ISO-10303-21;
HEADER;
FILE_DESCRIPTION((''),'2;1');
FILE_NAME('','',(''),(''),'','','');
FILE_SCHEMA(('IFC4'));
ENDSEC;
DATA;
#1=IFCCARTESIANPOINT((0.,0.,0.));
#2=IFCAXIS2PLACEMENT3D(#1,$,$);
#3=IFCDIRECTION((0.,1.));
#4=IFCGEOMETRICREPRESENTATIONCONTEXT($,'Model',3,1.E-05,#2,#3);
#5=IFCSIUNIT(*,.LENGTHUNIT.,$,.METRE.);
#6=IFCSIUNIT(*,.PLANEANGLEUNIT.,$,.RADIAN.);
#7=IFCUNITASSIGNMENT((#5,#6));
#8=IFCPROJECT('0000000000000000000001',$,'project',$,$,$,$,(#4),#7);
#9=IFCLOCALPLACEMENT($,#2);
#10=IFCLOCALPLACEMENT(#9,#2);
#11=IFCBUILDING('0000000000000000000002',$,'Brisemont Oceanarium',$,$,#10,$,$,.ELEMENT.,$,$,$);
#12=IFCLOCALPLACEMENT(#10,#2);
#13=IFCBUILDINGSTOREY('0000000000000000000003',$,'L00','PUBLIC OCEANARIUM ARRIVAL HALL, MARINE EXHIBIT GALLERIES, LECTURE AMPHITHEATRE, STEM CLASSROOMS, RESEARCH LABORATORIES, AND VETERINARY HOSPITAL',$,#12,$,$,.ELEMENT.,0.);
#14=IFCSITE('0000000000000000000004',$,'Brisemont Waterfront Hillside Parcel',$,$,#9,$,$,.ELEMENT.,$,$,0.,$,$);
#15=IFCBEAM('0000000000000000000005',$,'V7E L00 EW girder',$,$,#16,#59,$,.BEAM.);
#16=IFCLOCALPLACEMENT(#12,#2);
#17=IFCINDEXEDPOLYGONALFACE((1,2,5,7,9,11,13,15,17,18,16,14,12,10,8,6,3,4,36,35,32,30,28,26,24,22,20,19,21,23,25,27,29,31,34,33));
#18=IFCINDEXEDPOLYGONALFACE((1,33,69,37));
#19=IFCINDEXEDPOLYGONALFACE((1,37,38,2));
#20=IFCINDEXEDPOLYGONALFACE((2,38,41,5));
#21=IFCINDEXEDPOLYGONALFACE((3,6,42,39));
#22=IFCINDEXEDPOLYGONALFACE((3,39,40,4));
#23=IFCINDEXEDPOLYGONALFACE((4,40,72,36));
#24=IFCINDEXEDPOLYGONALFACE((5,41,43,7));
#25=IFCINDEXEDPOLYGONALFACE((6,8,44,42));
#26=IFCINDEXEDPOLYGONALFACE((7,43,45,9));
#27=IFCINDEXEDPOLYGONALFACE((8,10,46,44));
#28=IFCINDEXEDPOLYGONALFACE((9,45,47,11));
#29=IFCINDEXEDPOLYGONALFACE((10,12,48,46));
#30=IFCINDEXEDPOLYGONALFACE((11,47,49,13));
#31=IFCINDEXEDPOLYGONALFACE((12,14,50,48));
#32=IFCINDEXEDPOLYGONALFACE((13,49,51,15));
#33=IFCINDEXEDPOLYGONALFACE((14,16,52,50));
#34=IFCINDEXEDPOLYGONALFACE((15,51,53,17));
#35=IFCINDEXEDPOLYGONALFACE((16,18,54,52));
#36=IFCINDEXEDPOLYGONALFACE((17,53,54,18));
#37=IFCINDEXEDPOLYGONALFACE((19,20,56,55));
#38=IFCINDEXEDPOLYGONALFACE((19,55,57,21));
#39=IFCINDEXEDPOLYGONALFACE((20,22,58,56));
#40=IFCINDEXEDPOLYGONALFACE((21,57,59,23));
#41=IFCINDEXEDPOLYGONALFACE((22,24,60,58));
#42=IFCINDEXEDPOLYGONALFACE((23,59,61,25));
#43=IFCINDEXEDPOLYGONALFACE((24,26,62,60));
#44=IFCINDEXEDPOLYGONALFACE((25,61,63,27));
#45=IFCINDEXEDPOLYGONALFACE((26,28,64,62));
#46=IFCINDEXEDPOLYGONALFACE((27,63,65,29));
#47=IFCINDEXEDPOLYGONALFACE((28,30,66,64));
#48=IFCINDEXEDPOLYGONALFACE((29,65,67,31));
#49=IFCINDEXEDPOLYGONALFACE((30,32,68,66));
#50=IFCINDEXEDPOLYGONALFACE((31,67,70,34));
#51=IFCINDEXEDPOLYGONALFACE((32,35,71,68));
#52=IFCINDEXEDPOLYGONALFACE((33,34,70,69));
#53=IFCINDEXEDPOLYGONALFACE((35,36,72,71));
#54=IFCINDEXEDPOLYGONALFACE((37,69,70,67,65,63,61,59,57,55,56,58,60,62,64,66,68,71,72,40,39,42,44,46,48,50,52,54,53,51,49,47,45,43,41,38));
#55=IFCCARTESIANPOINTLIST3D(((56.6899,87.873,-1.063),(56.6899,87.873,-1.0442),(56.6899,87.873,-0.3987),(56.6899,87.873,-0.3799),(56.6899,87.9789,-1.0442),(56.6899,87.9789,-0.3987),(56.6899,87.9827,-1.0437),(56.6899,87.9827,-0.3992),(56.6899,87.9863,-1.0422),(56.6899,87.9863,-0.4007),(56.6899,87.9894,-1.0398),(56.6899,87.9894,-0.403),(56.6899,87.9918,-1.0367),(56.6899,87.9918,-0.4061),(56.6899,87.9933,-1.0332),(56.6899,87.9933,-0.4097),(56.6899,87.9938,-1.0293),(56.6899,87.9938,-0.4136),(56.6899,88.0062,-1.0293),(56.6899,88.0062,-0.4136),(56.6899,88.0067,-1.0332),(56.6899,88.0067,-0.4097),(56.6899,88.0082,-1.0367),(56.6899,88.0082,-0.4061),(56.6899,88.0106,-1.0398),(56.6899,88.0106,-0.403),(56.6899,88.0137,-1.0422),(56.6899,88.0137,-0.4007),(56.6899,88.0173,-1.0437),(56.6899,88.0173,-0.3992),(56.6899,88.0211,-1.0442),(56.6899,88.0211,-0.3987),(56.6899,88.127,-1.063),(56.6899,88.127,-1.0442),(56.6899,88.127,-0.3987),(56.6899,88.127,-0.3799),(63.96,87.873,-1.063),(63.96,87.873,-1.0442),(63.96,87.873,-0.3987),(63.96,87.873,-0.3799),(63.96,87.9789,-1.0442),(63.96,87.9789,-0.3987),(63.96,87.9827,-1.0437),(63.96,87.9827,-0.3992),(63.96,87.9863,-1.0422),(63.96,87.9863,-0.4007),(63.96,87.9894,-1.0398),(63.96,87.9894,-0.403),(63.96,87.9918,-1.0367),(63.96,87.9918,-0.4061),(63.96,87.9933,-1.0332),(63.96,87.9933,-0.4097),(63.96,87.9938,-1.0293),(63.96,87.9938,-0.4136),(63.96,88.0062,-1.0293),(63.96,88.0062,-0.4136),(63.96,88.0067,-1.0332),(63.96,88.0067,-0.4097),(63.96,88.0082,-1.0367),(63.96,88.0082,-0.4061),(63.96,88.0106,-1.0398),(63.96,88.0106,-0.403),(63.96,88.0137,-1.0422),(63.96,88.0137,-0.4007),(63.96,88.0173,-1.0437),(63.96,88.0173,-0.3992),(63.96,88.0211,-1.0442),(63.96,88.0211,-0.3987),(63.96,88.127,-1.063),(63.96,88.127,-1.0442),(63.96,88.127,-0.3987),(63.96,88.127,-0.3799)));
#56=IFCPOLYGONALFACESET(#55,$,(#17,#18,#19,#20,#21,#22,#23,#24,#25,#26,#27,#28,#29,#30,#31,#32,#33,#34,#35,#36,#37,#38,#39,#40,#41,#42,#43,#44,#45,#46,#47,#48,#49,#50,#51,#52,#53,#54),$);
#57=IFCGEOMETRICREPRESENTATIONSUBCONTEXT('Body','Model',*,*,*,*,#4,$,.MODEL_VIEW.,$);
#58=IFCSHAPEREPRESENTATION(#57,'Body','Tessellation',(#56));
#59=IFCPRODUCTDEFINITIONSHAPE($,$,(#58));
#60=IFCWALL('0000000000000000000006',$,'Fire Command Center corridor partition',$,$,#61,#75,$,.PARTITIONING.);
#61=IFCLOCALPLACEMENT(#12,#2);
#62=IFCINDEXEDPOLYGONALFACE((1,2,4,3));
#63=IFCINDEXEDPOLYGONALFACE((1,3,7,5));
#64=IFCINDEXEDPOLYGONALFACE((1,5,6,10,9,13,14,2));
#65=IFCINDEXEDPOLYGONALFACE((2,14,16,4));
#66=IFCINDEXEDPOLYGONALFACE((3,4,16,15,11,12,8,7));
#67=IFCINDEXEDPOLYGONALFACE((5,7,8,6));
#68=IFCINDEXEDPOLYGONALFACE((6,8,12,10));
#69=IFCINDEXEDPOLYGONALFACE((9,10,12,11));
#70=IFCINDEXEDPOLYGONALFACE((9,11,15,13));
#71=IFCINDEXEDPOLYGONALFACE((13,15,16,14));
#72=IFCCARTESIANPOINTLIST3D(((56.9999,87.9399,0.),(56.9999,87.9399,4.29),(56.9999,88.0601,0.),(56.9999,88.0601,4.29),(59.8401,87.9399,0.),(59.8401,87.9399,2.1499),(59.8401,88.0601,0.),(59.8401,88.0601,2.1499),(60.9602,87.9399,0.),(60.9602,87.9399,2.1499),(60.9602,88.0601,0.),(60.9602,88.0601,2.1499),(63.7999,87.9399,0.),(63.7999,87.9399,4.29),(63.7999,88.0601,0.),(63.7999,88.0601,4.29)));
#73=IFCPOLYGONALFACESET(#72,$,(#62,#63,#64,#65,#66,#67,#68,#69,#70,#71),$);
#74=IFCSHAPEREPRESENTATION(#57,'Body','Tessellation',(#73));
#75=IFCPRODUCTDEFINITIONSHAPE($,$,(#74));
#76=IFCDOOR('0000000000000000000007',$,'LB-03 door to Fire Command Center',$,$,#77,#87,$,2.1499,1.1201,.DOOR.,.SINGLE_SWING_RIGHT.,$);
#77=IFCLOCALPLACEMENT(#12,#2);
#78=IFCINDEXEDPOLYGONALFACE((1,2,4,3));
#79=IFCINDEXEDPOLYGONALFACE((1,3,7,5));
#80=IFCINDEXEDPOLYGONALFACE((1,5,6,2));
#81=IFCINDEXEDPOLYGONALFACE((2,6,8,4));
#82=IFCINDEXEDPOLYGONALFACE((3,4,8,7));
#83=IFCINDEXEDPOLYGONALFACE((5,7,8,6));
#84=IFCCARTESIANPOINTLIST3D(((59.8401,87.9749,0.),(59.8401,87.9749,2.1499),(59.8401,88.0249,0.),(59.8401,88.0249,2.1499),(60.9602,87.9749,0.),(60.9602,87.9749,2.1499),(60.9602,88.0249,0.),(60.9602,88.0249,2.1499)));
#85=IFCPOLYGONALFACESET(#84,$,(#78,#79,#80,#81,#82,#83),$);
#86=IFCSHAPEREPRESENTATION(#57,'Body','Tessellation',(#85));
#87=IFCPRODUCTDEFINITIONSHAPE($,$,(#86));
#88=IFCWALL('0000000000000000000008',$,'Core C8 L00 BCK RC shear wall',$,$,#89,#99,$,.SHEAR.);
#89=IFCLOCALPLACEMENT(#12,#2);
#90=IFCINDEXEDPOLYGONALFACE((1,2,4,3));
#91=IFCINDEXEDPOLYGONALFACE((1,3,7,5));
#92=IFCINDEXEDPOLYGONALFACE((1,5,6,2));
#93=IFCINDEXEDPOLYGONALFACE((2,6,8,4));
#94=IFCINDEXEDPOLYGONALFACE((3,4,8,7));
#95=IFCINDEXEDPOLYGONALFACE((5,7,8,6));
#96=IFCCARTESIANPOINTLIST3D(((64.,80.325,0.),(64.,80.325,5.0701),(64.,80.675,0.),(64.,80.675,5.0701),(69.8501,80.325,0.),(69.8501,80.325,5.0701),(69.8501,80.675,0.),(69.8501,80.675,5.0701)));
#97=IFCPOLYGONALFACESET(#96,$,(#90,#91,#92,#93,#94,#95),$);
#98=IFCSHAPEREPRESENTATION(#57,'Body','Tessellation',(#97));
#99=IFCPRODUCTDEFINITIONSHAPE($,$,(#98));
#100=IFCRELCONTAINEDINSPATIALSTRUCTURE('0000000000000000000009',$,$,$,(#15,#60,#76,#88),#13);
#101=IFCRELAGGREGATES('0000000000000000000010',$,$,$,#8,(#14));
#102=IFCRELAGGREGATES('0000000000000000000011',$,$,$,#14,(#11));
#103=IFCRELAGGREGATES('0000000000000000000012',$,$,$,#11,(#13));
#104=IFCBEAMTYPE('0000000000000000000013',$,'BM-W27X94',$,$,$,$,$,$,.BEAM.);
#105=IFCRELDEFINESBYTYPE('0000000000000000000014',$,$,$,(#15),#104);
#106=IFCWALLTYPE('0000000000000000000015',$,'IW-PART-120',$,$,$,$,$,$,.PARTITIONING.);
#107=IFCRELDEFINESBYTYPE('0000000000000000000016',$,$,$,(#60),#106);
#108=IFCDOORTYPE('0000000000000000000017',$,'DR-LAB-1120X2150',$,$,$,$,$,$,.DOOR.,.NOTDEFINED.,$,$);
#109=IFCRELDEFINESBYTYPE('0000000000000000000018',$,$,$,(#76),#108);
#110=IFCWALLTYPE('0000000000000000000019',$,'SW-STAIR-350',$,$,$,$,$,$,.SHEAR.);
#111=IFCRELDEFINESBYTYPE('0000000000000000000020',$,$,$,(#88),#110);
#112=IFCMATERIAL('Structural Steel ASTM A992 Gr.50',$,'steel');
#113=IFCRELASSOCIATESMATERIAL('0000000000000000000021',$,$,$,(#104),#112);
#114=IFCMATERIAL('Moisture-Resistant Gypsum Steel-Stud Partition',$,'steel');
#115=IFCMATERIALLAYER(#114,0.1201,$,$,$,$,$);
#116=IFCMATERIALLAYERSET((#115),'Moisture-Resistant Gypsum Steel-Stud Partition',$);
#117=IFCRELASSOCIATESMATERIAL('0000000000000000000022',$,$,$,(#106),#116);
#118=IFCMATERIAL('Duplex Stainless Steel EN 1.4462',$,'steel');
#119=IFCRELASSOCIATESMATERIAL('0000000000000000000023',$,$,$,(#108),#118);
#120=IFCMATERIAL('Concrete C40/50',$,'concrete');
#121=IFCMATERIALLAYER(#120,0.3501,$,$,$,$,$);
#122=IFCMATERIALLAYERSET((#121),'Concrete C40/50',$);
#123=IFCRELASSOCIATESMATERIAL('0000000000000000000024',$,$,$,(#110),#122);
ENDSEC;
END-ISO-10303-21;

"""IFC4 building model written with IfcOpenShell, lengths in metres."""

from ifc_helpers import new_model, si_unit, direction, frame, frame_2d, origin, origin_2d, place, context, subcontext, project, spatial, rectangle, i_section, extrude, material, layer, layer_set, material_profile, profile_set, type_object, element, fill, save


model = new_model("IFC4")

# Units and contexts
model_context = context("Model", 3, precision=1e-05, world=origin(), true_north=direction((0.0, 1.0)))
body_context = subcontext(model_context, "Body", "Model", "MODEL_VIEW")
ifc_project = project(units=[si_unit("LENGTHUNIT", "METRE"), si_unit("PLANEANGLEUNIT", "RADIAN")], contexts=[model_context])

# Site, building, storey
site_placement = place(None, origin())
site = spatial("IfcSite", under=ifc_project, at=site_placement, Name="Brisemont Waterfront Hillside Parcel", CompositionType="ELEMENT", RefElevation=0.0)
building_placement = place(site_placement, origin())
building = spatial("IfcBuilding", under=site, at=building_placement, Name="Brisemont Oceanarium", CompositionType="ELEMENT")
storey_placement = place(building_placement, origin())
storey = spatial("IfcBuildingStorey", under=building, at=storey_placement, Name="L00", Description="PUBLIC OCEANARIUM ARRIVAL HALL, MARINE EXHIBIT GALLERIES, LECTURE AMPHITHEATRE, STEM CLASSROOMS, RESEARCH LABORATORIES, AND VETERINARY HOSPITAL", CompositionType="ELEMENT", Elevation=0.0)

# Beam
ifc_material_1 = material(Name="Structural Steel ASTM A992 Gr.50", Category="steel")
ifc_material_profile_1 = material_profile(ifc_material_1, i_section(OverallWidth=0.2539, OverallDepth=0.6831, WebThickness=0.0125, FlangeThickness=0.0188, FilletRadius=0.0149, at=origin_2d()), Name="W27X94")
ifc_profile_set_1 = profile_set([ifc_material_profile_1], Name="Structural Steel ASTM A992 Gr.50")
beam_type_1 = type_object("IfcBeamType", Name="BM-W27X94", PredefinedType="BEAM", material=ifc_profile_set_1)
beam_1_placement = place(storey_placement, frame((56.6899, 88.0, -0.7214), z_axis=(1.0, 0.0, 0.0), x_axis=(0.0, 1.0, 0.0)))
element("IfcBeam", 1, at=beam_1_placement, inside=storey, type_object=beam_type_1, Name="V7E L00 EW girder", PredefinedType="BEAM", context=body_context, shape_type="SweptSolid", body=[
    extrude(i_section(OverallWidth=0.2539, OverallDepth=0.6831, WebThickness=0.0125, FlangeThickness=0.0188, FilletRadius=0.0149, at=origin_2d()), origin(), (0.0, 0.0, 1.0), 7.27),
])

# Wall, opening, door
ifc_material_2 = material(Name="Moisture-Resistant Gypsum Steel-Stud Partition", Category="steel")
ifc_layer_1 = layer(ifc_material_2, 0.1201)
ifc_layer_set_1 = layer_set([ifc_layer_1], Name="Moisture-Resistant Gypsum Steel-Stud Partition")
wall_type_1 = type_object("IfcWallType", Name="IW-PART-120", PredefinedType="PARTITIONING", material=ifc_layer_set_1)
wall_1_placement = place(storey_placement, frame((57.0, 88.0, 0.0), z_axis=(0.0, 0.0, 1.0), x_axis=(1.0, 0.0, 0.0)))
wall_1 = element("IfcWall", 2, at=wall_1_placement, inside=storey, type_object=wall_type_1, Name="Fire Command Center corridor partition", PredefinedType="PARTITIONING", context=body_context, shape_type="SweptSolid", body=[
    extrude(rectangle(XDim=6.8, YDim=0.1201, at=frame_2d((3.3999, 0.0))), origin(), (0.0, 0.0, 1.0), 4.29),
])
opening_1_placement = place(wall_1_placement, frame((2.8401, 0.0, 0.0)))
opening_1 = element("IfcOpeningElement", 3, at=opening_1_placement, cuts=wall_1, PredefinedType="OPENING", context=body_context, shape_type="SweptSolid", body=[
    extrude(rectangle(XDim=1.1201, YDim=2.1499, at=frame_2d((0.5601, 1.075))), frame((0.0, 0.0701, 0.0), z_axis=(0.0, -1.0, 0.0), x_axis=(1.0, 0.0, 0.0)), (0.0, 0.0, 1.0), 0.1401),
])
ifc_material_3 = material(Name="Duplex Stainless Steel EN 1.4462", Category="steel")
door_type_1 = type_object("IfcDoorType", Name="DR-LAB-1120X2150", OperationType="NOTDEFINED", PredefinedType="DOOR", material=ifc_material_3)
door_1_placement = place(opening_1_placement, origin())
door_1 = element("IfcDoor", 4, at=door_1_placement, inside=storey, type_object=door_type_1, Name="LB-03 door to Fire Command Center", OperationType="SINGLE_SWING_RIGHT", OverallHeight=2.1499, OverallWidth=1.1201, PredefinedType="DOOR", context=body_context, shape_type="SweptSolid", body=[
    extrude(rectangle(XDim=1.1201, YDim=2.1499, at=frame_2d((0.5601, 1.075))), frame((0.0, 0.0249, 0.0), z_axis=(0.0, -1.0, 0.0), x_axis=(1.0, 0.0, 0.0)), (0.0, 0.0, 1.0), 0.05),
])
fill(opening_1, door_1)

# Shared definitions
ifc_material_4 = material(Name="Concrete C40/50", Category="concrete")
ifc_layer_2 = layer(ifc_material_4, 0.3501)
ifc_layer_set_2 = layer_set([ifc_layer_2], Name="Concrete C40/50")
wall_type_2 = type_object("IfcWallType", Name="SW-STAIR-350", PredefinedType="SHEAR", material=ifc_layer_set_2)

# Wall
wall_2_placement = place(storey_placement, frame((64.0, 80.5, 0.0), z_axis=(0.0, 0.0, 1.0), x_axis=(1.0, 0.0, 0.0)))
element("IfcWall", 5, at=wall_2_placement, inside=storey, type_object=wall_type_2, Name="Core C8 L00 BCK RC shear wall", PredefinedType="SHEAR", context=body_context, shape_type="SweptSolid", body=[
    extrude(rectangle(XDim=5.8501, YDim=0.3501, at=frame_2d((2.925, 0.0))), origin(), (0.0, 0.0, 1.0), 5.0701),
])

save(model, "model.ifc")
